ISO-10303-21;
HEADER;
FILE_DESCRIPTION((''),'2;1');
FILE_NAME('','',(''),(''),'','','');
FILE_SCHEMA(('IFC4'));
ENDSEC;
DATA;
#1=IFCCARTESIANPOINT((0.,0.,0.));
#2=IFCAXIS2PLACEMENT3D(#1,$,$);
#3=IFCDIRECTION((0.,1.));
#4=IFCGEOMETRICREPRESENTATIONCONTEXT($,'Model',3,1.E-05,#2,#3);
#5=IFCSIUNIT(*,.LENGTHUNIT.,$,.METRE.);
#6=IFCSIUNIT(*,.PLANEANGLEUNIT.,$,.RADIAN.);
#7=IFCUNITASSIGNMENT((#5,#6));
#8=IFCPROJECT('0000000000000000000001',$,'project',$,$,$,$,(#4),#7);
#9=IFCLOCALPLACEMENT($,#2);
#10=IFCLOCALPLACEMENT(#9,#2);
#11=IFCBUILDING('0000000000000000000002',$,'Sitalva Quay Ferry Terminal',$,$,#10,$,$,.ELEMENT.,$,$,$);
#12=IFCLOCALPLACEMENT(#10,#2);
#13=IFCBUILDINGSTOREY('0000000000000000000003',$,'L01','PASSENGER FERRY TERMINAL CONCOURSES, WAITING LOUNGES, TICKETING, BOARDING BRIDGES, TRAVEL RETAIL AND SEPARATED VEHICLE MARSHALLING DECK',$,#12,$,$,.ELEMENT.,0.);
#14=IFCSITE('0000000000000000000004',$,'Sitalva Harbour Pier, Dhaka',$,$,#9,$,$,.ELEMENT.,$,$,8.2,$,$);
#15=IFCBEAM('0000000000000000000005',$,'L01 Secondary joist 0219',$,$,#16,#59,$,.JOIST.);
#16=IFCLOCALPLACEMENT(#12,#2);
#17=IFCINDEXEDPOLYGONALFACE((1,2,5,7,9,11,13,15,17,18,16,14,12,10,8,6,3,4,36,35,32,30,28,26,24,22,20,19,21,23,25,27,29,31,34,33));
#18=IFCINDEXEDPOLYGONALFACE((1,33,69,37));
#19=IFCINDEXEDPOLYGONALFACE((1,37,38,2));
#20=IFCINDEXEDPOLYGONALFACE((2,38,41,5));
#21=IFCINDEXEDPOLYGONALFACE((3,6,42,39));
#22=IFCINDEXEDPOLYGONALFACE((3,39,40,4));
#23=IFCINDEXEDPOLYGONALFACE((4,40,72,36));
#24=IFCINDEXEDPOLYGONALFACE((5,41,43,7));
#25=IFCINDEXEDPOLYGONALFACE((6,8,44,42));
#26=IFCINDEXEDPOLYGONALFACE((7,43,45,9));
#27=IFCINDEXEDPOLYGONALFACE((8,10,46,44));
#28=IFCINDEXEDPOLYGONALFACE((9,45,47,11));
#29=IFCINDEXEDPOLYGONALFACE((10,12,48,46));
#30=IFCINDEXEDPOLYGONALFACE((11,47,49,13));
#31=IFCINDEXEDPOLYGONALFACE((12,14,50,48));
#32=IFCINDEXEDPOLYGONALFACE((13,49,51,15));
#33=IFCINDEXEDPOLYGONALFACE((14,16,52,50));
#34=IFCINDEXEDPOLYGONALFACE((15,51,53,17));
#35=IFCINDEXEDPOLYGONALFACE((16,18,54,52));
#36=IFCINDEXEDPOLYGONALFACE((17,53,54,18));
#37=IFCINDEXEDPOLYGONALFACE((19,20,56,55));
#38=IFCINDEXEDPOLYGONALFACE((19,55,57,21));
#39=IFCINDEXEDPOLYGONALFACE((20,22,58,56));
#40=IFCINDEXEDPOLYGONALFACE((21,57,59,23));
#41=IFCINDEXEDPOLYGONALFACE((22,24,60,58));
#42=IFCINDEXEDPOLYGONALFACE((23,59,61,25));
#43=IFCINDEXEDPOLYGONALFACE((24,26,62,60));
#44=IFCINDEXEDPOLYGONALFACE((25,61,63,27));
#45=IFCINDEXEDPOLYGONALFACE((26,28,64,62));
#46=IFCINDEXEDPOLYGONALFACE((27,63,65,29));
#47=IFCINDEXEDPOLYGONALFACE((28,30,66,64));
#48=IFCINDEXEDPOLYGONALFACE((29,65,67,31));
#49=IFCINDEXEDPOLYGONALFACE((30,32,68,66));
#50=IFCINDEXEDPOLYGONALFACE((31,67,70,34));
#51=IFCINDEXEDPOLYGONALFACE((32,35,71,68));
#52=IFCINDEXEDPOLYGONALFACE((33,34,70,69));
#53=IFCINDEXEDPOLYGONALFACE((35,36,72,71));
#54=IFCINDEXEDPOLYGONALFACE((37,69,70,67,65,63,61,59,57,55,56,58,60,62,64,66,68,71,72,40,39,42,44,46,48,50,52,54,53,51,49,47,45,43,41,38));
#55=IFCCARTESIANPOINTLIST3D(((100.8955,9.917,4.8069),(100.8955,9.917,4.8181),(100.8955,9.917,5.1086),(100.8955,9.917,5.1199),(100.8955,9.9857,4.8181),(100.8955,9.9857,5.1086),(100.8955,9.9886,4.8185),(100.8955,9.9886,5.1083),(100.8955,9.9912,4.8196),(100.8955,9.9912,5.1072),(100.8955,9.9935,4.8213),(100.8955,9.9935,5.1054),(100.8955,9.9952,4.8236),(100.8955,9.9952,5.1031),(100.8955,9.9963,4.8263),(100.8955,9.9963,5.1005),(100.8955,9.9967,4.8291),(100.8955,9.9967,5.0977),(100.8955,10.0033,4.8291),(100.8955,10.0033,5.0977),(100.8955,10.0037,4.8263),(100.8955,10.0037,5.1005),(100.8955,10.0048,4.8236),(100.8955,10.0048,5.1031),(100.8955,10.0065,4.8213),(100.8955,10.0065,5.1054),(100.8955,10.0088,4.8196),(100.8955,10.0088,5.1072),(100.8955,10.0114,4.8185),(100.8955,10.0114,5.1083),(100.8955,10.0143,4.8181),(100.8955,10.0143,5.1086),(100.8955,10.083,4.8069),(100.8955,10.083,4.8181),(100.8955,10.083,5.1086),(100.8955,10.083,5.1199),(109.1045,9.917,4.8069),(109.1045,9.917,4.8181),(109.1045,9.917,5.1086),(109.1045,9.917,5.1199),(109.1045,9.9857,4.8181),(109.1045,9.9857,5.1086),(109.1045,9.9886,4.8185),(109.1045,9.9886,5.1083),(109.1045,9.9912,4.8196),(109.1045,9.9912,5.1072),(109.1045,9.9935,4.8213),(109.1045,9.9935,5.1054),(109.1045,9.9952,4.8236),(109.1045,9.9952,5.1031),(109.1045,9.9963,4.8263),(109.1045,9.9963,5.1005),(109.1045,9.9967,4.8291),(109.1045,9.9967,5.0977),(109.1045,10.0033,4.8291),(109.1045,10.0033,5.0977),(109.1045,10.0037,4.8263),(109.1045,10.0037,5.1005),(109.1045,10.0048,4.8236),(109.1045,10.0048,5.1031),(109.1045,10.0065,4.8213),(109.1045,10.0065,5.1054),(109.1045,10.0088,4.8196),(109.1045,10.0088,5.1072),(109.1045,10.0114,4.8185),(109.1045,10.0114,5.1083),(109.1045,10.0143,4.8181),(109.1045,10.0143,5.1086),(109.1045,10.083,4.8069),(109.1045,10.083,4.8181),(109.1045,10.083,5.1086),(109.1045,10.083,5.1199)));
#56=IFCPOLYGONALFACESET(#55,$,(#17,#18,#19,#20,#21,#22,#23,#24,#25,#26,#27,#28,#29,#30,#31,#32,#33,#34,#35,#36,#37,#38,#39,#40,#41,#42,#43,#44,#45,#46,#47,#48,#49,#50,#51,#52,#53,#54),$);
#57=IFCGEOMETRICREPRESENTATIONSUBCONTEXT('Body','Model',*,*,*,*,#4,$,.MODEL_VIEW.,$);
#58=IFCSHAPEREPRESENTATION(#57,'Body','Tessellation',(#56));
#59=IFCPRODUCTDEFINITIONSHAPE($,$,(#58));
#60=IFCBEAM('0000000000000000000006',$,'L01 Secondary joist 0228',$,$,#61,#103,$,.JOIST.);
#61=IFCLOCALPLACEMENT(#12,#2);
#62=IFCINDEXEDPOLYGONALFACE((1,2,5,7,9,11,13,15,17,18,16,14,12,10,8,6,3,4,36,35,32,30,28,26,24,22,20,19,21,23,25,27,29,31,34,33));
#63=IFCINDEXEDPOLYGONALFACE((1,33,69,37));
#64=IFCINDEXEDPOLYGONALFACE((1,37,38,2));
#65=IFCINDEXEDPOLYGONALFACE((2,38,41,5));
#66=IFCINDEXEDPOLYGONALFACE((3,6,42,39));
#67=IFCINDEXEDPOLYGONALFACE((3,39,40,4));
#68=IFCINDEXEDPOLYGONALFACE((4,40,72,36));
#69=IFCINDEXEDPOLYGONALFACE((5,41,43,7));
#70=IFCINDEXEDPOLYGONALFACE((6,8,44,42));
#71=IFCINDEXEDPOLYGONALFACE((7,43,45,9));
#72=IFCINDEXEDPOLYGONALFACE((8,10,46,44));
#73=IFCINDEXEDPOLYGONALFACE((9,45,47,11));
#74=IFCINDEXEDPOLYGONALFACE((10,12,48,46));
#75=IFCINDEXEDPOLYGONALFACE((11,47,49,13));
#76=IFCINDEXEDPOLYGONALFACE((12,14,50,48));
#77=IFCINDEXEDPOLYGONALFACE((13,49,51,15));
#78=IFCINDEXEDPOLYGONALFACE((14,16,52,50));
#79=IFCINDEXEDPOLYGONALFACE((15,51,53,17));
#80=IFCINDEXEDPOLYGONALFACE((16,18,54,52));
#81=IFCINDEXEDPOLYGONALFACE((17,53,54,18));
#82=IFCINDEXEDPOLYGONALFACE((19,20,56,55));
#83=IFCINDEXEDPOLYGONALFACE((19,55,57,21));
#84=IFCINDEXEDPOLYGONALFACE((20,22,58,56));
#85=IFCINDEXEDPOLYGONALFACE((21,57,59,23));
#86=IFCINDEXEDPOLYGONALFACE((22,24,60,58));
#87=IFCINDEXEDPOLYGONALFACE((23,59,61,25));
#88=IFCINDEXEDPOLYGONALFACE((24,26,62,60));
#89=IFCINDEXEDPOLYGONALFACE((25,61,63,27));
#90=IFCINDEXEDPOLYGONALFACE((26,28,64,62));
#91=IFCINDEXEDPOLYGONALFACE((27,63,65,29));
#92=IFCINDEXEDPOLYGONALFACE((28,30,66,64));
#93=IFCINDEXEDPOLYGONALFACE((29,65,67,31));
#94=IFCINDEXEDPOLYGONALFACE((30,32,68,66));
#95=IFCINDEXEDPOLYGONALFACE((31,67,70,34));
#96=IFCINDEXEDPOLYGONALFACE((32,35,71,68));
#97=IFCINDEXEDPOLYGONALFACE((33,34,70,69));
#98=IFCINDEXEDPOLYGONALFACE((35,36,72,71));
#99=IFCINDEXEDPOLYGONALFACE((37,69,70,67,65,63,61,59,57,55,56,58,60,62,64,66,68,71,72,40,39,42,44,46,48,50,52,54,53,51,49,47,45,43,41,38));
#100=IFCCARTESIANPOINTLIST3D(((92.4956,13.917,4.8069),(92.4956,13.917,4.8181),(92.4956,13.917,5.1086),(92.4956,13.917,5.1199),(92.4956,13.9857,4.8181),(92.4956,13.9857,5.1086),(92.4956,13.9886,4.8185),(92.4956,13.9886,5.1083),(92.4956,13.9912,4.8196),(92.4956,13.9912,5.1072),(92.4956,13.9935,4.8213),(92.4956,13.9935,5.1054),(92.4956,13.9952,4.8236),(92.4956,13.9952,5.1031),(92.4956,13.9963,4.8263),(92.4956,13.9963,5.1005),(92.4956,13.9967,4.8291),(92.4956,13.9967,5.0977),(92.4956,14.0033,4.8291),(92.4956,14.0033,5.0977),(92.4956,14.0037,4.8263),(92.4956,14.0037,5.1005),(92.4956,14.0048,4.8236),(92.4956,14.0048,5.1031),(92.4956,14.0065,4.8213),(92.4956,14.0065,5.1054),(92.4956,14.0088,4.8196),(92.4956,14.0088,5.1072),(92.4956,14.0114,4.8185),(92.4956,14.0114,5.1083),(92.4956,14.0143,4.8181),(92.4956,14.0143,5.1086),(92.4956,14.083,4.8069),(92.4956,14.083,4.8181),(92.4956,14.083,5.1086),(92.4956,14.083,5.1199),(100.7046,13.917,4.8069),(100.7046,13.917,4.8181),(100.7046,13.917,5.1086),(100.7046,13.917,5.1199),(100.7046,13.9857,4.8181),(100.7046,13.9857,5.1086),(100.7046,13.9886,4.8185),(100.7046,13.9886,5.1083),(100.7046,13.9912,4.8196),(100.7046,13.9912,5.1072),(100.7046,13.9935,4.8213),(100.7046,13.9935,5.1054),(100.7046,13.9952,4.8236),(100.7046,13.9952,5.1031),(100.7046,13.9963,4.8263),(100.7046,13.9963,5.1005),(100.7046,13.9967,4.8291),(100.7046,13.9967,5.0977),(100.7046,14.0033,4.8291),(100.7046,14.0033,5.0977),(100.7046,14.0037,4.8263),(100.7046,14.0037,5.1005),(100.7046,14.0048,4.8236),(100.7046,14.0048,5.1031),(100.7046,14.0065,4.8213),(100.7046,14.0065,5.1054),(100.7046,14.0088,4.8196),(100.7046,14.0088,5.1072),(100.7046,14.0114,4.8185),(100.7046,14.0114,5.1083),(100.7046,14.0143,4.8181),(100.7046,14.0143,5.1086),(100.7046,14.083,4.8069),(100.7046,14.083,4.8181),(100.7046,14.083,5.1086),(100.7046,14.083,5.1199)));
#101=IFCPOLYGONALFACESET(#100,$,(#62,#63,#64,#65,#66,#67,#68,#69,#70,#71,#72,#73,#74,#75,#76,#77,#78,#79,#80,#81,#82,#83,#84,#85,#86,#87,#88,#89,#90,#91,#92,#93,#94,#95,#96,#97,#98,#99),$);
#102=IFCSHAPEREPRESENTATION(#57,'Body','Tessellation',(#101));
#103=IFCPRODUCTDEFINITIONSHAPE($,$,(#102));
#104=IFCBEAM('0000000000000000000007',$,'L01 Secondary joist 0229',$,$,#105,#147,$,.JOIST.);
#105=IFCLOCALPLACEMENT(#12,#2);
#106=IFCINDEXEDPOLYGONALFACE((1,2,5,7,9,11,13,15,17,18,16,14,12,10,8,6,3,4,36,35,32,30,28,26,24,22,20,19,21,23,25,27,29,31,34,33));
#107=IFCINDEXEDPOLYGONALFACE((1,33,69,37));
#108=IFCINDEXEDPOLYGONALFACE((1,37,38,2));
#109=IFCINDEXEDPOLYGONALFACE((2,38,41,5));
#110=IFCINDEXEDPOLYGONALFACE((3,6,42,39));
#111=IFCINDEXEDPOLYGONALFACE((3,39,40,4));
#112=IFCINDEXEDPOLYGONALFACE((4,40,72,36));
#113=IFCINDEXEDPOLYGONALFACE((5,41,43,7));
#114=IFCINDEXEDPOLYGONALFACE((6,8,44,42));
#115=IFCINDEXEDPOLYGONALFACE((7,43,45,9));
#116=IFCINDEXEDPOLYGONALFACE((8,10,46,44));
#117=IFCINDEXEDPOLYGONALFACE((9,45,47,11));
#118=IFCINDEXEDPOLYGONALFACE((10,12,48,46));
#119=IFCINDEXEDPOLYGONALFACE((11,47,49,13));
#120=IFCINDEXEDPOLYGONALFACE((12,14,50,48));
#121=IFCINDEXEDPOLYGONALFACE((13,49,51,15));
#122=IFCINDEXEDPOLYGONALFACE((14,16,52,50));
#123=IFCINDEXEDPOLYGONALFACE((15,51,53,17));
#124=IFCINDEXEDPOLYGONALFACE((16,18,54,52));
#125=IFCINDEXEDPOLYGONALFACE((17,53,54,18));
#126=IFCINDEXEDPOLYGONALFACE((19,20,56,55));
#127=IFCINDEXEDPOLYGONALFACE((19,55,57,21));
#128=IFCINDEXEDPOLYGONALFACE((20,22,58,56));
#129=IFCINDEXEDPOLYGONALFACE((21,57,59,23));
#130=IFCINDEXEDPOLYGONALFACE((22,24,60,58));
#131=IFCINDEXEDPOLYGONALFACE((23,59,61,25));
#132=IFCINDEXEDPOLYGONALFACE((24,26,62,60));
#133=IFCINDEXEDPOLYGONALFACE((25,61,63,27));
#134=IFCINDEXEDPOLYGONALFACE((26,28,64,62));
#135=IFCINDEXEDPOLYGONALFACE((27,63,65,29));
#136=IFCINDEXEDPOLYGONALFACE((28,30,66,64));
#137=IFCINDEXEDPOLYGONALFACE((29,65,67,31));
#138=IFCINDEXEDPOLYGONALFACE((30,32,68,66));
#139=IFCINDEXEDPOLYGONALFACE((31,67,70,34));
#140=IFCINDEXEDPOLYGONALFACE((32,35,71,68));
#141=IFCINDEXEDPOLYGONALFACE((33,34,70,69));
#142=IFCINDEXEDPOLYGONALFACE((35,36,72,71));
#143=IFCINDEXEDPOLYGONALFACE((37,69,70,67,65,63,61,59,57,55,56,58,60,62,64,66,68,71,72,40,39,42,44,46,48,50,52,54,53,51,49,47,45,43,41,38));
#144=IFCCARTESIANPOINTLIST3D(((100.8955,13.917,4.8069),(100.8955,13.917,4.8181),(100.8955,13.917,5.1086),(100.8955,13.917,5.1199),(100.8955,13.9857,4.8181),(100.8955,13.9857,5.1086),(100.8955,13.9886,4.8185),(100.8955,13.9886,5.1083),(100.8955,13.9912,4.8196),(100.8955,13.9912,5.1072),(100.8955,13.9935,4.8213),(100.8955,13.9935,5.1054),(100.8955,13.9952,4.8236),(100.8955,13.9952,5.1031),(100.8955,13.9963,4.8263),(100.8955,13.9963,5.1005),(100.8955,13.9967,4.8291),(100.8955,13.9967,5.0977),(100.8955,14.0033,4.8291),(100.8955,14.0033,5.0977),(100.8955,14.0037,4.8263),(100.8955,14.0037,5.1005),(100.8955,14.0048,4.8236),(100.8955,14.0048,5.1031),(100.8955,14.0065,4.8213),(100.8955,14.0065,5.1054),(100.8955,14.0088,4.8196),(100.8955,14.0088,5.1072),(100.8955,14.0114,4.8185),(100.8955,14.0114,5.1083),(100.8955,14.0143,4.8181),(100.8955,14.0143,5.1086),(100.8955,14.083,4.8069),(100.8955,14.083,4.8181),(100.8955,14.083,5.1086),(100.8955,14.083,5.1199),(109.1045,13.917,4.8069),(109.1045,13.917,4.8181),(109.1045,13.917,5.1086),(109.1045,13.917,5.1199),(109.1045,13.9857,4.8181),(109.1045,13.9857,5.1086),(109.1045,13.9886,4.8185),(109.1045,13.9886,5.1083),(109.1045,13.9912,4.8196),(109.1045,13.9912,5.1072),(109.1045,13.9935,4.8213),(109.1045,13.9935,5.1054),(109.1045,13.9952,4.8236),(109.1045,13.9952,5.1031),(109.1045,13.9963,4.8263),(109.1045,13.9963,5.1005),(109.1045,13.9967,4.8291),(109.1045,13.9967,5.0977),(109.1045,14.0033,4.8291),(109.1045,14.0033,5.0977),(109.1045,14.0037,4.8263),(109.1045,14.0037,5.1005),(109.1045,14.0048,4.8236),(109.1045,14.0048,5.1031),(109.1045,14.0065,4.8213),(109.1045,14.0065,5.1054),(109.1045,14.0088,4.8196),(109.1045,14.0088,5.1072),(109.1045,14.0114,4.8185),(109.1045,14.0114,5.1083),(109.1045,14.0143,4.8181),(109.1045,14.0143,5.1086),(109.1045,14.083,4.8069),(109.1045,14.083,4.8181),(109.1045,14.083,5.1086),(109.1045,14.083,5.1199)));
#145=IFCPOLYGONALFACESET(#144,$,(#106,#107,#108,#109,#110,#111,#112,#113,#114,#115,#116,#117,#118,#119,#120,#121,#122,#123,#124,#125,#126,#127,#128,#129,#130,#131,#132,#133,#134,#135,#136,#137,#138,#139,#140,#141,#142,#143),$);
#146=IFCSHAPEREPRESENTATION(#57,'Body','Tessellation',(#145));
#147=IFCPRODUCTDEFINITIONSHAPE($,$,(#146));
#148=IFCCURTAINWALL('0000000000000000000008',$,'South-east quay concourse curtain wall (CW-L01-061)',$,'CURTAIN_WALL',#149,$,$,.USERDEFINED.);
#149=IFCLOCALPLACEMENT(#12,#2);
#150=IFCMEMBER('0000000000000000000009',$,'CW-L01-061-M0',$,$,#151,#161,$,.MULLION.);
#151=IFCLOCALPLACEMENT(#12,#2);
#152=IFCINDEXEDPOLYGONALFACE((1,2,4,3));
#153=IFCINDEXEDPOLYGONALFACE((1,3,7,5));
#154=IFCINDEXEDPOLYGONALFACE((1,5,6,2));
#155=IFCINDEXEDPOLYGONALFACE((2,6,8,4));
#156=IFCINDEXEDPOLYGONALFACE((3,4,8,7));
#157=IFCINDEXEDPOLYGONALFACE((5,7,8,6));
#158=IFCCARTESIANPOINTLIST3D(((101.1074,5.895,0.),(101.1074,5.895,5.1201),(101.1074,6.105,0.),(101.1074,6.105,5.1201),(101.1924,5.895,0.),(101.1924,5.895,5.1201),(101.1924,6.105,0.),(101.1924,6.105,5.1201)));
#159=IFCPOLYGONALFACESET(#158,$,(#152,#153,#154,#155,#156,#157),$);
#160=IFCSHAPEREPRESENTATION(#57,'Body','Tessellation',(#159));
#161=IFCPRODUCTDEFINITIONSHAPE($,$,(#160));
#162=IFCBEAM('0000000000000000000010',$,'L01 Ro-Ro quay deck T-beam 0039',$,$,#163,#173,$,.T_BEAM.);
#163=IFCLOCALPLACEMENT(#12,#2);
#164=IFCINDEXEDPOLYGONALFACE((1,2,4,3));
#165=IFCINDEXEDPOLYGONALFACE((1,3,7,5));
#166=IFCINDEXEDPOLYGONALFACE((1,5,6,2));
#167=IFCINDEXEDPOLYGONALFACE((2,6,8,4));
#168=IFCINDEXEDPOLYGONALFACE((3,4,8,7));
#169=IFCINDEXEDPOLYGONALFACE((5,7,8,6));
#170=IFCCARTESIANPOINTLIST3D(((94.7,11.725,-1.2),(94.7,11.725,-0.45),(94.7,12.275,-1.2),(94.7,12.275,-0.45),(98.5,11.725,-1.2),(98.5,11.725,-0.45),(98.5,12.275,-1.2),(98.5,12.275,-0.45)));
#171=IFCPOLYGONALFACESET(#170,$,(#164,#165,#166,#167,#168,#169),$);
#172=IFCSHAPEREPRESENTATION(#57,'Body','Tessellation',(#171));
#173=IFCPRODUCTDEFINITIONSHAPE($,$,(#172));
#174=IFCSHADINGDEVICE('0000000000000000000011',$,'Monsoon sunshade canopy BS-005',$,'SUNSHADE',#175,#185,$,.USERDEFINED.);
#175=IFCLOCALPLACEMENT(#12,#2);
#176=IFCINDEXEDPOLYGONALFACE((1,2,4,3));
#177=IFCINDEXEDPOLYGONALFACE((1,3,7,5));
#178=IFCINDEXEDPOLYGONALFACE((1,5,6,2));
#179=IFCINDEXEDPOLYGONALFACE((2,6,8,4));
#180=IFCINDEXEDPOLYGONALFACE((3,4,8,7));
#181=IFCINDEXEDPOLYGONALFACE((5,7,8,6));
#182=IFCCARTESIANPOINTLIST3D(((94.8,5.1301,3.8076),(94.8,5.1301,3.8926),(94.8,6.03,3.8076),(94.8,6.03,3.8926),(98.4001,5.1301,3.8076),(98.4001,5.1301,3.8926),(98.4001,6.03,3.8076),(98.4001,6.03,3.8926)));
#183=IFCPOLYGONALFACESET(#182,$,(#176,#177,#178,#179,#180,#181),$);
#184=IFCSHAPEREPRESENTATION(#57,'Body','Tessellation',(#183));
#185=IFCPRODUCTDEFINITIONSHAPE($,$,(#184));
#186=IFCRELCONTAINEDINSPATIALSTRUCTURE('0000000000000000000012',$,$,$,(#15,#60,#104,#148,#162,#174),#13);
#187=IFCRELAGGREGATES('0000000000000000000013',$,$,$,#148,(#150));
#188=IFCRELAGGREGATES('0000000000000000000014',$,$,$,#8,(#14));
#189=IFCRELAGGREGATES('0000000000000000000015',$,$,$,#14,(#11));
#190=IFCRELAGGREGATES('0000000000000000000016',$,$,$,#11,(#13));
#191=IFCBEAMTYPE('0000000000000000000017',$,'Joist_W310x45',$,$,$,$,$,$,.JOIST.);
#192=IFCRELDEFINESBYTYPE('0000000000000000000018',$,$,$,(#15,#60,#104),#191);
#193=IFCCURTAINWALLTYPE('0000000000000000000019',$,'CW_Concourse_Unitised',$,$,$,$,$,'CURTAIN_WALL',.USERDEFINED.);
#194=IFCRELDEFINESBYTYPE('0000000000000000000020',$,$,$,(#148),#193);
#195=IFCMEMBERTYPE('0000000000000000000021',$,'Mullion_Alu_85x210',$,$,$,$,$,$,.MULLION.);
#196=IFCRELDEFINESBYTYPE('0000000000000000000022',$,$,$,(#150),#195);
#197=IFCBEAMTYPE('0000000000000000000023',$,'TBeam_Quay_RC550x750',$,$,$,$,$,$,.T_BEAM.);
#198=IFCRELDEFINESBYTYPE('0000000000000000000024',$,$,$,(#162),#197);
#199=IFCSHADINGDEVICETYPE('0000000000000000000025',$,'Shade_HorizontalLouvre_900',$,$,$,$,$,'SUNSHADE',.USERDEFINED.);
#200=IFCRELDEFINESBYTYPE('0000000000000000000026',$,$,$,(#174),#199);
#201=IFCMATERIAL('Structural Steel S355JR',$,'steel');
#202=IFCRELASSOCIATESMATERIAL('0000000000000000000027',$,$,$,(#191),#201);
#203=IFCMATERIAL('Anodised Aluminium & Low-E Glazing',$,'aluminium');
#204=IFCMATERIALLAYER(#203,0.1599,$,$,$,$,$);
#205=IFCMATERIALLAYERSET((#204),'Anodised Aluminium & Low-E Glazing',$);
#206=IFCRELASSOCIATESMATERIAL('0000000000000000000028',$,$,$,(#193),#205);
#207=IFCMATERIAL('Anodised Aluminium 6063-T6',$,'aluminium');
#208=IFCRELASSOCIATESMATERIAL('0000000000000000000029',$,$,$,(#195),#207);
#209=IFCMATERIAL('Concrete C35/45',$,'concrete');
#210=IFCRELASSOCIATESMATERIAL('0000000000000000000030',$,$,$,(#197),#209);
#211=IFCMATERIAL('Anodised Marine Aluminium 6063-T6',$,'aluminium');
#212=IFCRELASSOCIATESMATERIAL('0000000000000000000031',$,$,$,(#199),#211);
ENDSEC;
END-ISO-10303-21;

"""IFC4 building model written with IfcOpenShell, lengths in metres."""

from ifc_helpers import new_model, si_unit, direction, frame, origin, origin_2d, place, context, subcontext, project, spatial, rectangle, i_section, extrude, material, layer, layer_set, material_profile, profile_set, type_object, element, aggregate, save


model = new_model("IFC4")

# Units and contexts
model_context = context("Model", 3, precision=1e-05, world=origin(), true_north=direction((0.0, 1.0)))
body_context = subcontext(model_context, "Body", "Model", "MODEL_VIEW")
ifc_project = project(units=[si_unit("LENGTHUNIT", "METRE"), si_unit("PLANEANGLEUNIT", "RADIAN")], contexts=[model_context])

# Site, building, storey
site_placement = place(None, origin())
site = spatial("IfcSite", under=ifc_project, at=site_placement, Name="Sitalva Harbour Pier, Dhaka", CompositionType="ELEMENT", RefElevation=8.2)
building_placement = place(site_placement, origin())
building = spatial("IfcBuilding", under=site, at=building_placement, Name="Sitalva Quay Ferry Terminal", CompositionType="ELEMENT")
storey_placement = place(building_placement, origin())
storey = spatial("IfcBuildingStorey", under=building, at=storey_placement, Name="L01", Description="PASSENGER FERRY TERMINAL CONCOURSES, WAITING LOUNGES, TICKETING, BOARDING BRIDGES, TRAVEL RETAIL AND SEPARATED VEHICLE MARSHALLING DECK", CompositionType="ELEMENT", Elevation=0.0)

# Beams
ifc_material_1 = material(Name="Structural Steel S355JR", Category="steel")
ifc_material_profile_1 = material_profile(ifc_material_1, i_section(OverallWidth=0.166, OverallDepth=0.313, WebThickness=0.0066, FlangeThickness=0.0112, FilletRadius=0.011, at=origin_2d()), Name="W310x45")
ifc_profile_set_1 = profile_set([ifc_material_profile_1], Name="Structural Steel S355JR")
beam_type_1 = type_object("IfcBeamType", Name="Joist_W310x45", PredefinedType="JOIST", material=ifc_profile_set_1)
for number, where, z_axis, x_axis, name in (
    (1, (100.8955, 10.0, 4.9634), (1.0, 0.0, 0.0), (0.0, 1.0, 0.0), "L01 Secondary joist 0219"),
    (2, (92.4956, 14.0, 4.9634), (1.0, 0.0, 0.0), (0.0, 1.0, 0.0), "L01 Secondary joist 0228"),
    (3, (100.8955, 14.0, 4.9634), (1.0, 0.0, 0.0), (0.0, 1.0, 0.0), "L01 Secondary joist 0229"),
):
    element("IfcBeam", number, at=place(storey_placement, frame(where, z_axis=z_axis, x_axis=x_axis)), inside=storey, type_object=beam_type_1, Name=name, PredefinedType="JOIST", context=body_context, shape_type="SweptSolid", body=[
        extrude(i_section(OverallWidth=0.166, OverallDepth=0.313, WebThickness=0.0066, FlangeThickness=0.0112, FilletRadius=0.011, at=origin_2d()), origin(), (0.0, 0.0, 1.0), 8.209),
    ])

# Curtain wall, member
ifc_material_2 = material(Name="Anodised Aluminium & Low-E Glazing", Category="aluminium")
ifc_layer_1 = layer(ifc_material_2, 0.1599)
ifc_layer_set_1 = layer_set([ifc_layer_1], Name="Anodised Aluminium & Low-E Glazing")
curtain_wall_type = type_object("IfcCurtainWallType", Name="CW_Concourse_Unitised", ElementType="CURTAIN_WALL", PredefinedType="USERDEFINED", material=ifc_layer_set_1)
curtain_wall_placement = place(storey_placement, origin())
curtain_wall = element("IfcCurtainWall", 4, at=curtain_wall_placement, inside=storey, type_object=curtain_wall_type, Name="South-east quay concourse curtain wall (CW-L01-061)", ObjectType="CURTAIN_WALL", PredefinedType="USERDEFINED")
ifc_material_3 = material(Name="Anodised Aluminium 6063-T6", Category="aluminium")
ifc_material_profile_2 = material_profile(ifc_material_3, rectangle(XDim=0.085, YDim=0.21, at=origin_2d()), Name="ALU85x210")
ifc_profile_set_2 = profile_set([ifc_material_profile_2], Name="Anodised Aluminium 6063-T6")
member_type = type_object("IfcMemberType", Name="Mullion_Alu_85x210", PredefinedType="MULLION", material=ifc_profile_set_2)
member_placement = place(storey_placement, frame((101.1499, 6.0, 0.0), z_axis=(0.0, 0.0, 1.0), x_axis=(1.0, 0.0, 0.0)))
member = element("IfcMember", 5, at=member_placement, type_object=member_type, Name="CW-L01-061-M0", PredefinedType="MULLION", context=body_context, shape_type="SweptSolid", body=[
    extrude(rectangle(XDim=0.085, YDim=0.21, at=origin_2d()), origin(), (0.0, 0.0, 1.0), 5.1201),
])
aggregate(curtain_wall, [member])

# Beam
ifc_material_4 = material(Name="Concrete C35/45", Category="concrete")
ifc_material_profile_3 = material_profile(ifc_material_4, rectangle(XDim=0.55, YDim=0.75, at=origin_2d()), Name="RC550x750")
ifc_profile_set_3 = profile_set([ifc_material_profile_3], Name="Concrete C35/45")
beam_type_2 = type_object("IfcBeamType", Name="TBeam_Quay_RC550x750", PredefinedType="T_BEAM", material=ifc_profile_set_3)
beam_1_placement = place(storey_placement, frame((94.7, 12.0, -0.825), z_axis=(1.0, 0.0, 0.0), x_axis=(0.0, 1.0, 0.0)))
element("IfcBeam", 6, at=beam_1_placement, inside=storey, type_object=beam_type_2, Name="L01 Ro-Ro quay deck T-beam 0039", PredefinedType="T_BEAM", context=body_context, shape_type="SweptSolid", body=[
    extrude(rectangle(XDim=0.55, YDim=0.75, at=origin_2d()), origin(), (0.0, 0.0, 1.0), 3.8),
])

# Shading device
ifc_material_5 = material(Name="Anodised Marine Aluminium 6063-T6", Category="aluminium")
shading_device_type = type_object("IfcShadingDeviceType", Name="Shade_HorizontalLouvre_900", ElementType="SUNSHADE", PredefinedType="USERDEFINED", material=ifc_material_5)
shading_device_placement = place(storey_placement, frame((96.6001, 5.5801, 3.8076), z_axis=(0.0, 0.0, 1.0), x_axis=(1.0, 0.0, 0.0)))
element("IfcShadingDevice", 7, at=shading_device_placement, inside=storey, type_object=shading_device_type, Name="Monsoon sunshade canopy BS-005", ObjectType="SUNSHADE", PredefinedType="USERDEFINED", context=body_context, shape_type="SweptSolid", body=[
    extrude(rectangle(XDim=3.6001, YDim=0.8999, at=origin_2d()), origin(), (0.0, 0.0, 1.0), 0.085),
])

save(model, "model.ifc")
